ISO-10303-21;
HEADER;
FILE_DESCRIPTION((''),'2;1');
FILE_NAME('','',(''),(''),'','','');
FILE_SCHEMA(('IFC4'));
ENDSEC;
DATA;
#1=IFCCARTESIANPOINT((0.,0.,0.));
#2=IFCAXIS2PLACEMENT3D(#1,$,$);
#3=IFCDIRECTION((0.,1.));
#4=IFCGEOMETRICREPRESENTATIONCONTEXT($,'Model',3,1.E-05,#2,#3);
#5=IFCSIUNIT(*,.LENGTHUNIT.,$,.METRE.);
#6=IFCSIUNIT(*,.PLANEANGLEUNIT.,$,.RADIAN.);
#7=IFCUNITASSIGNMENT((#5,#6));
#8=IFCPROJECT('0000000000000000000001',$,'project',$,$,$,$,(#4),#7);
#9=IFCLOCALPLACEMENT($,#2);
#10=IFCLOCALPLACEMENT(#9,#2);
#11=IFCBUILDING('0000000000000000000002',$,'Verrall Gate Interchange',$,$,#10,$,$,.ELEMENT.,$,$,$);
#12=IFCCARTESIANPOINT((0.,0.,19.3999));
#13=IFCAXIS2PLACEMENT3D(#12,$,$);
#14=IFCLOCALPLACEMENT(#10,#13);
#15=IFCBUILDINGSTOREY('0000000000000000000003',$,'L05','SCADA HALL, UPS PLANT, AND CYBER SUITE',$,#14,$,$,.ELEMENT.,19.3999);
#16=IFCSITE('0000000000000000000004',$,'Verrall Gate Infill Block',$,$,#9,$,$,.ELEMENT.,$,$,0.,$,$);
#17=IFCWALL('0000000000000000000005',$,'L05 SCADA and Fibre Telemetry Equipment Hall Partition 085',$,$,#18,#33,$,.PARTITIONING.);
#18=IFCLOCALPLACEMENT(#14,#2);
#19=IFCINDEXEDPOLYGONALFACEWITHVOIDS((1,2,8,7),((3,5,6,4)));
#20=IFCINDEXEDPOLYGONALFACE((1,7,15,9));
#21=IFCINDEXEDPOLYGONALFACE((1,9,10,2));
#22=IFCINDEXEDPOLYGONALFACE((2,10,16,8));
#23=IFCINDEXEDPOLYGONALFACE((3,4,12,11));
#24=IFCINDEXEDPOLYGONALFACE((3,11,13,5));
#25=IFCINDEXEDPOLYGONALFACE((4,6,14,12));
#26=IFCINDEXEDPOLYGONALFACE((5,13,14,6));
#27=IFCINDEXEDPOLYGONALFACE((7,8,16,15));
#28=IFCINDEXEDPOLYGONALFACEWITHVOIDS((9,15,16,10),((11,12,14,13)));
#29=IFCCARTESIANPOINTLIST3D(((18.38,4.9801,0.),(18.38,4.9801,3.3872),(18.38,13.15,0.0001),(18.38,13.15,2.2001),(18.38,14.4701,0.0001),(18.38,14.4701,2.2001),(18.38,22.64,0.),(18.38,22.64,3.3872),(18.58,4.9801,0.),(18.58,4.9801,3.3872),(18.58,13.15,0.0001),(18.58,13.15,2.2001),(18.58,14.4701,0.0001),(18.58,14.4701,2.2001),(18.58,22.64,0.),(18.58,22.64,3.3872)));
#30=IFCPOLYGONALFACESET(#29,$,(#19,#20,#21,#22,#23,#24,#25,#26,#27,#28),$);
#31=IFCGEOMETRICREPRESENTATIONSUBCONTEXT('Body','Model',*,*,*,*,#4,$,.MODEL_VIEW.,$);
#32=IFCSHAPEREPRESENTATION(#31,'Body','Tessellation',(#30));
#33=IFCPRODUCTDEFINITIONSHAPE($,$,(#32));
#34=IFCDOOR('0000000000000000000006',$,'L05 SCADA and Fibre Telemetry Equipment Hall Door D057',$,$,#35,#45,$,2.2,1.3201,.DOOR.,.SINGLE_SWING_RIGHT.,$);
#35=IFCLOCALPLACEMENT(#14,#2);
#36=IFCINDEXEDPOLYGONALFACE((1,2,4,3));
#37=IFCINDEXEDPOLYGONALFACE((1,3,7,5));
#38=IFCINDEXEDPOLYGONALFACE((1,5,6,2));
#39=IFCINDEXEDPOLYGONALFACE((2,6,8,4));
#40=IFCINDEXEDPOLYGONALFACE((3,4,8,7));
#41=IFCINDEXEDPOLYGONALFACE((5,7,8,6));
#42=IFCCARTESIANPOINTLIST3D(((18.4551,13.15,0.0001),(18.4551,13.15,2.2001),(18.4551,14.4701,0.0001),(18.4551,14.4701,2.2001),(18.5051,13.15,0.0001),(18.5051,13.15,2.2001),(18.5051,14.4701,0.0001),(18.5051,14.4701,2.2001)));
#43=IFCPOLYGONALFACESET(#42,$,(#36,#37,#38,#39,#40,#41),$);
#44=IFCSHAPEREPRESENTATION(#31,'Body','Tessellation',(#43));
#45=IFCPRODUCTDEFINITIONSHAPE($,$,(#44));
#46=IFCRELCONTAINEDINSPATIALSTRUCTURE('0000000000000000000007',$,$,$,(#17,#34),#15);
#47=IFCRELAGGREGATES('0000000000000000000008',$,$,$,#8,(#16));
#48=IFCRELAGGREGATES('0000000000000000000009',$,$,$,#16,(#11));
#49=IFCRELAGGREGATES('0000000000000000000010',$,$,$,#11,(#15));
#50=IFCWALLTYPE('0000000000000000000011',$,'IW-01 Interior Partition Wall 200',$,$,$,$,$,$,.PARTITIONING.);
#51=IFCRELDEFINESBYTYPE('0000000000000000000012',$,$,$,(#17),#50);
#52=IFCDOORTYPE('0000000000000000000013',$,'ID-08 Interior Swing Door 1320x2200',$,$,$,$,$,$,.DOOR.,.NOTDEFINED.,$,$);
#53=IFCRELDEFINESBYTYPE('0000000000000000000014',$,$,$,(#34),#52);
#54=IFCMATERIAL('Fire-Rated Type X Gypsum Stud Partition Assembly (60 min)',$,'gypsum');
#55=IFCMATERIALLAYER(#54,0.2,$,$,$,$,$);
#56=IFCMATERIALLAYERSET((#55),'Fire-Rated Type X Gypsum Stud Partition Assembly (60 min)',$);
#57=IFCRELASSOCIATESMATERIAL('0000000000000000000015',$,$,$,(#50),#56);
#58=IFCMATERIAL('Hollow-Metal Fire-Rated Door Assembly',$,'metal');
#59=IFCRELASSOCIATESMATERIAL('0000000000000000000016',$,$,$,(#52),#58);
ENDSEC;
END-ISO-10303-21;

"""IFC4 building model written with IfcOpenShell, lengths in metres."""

from ifc_helpers import new_model, si_unit, direction, frame, frame_2d, origin, place, context, subcontext, project, spatial, rectangle, extrude, material, layer, layer_set, type_object, element, fill, save


model = new_model("IFC4")

# Units and contexts
model_context = context("Model", 3, precision=1e-05, world=origin(), true_north=direction((0.0, 1.0)))
body_context = subcontext(model_context, "Body", "Model", "MODEL_VIEW")
ifc_project = project(units=[si_unit("LENGTHUNIT", "METRE"), si_unit("PLANEANGLEUNIT", "RADIAN")], contexts=[model_context])

# Site, building, storey
site_placement = place(None, origin())
site = spatial("IfcSite", under=ifc_project, at=site_placement, Name="Verrall Gate Infill Block", CompositionType="ELEMENT", RefElevation=0.0)
building_placement = place(site_placement, origin())
building = spatial("IfcBuilding", under=site, at=building_placement, Name="Verrall Gate Interchange", CompositionType="ELEMENT")
storey_placement = place(building_placement, frame((0.0, 0.0, 19.3999)))
storey = spatial("IfcBuildingStorey", under=building, at=storey_placement, Name="L05", Description="SCADA HALL, UPS PLANT, AND CYBER SUITE", CompositionType="ELEMENT", Elevation=19.3999)

# Wall, opening, door
ifc_material_1 = material(Name="Fire-Rated Type X Gypsum Stud Partition Assembly (60 min)", Category="gypsum")
ifc_layer_1 = layer(ifc_material_1, 0.2)
ifc_layer_set_1 = layer_set([ifc_layer_1], Name="Fire-Rated Type X Gypsum Stud Partition Assembly (60 min)")
wall_type = type_object("IfcWallType", Name="IW-01 Interior Partition Wall 200", PredefinedType="PARTITIONING", material=ifc_layer_set_1)
wall_placement = place(storey_placement, frame((18.48, 4.98, 0.0), z_axis=(0.0, 0.0, 1.0), x_axis=(0.0, 1.0, 0.0)))
wall = element("IfcWall", 1, at=wall_placement, inside=storey, type_object=wall_type, Name="L05 SCADA and Fibre Telemetry Equipment Hall Partition 085", PredefinedType="PARTITIONING", context=body_context, shape_type="SweptSolid", body=[
    extrude(rectangle(XDim=17.6599, YDim=0.2, at=frame_2d((8.8301, 0.0))), origin(), (0.0, 0.0, 1.0), 3.3872),
])
opening_placement = place(wall_placement, frame((8.1699, 0.0, 0.0)))
opening = element("IfcOpeningElement", 2, at=opening_placement, cuts=wall, PredefinedType="OPENING", context=body_context, shape_type="SweptSolid", body=[
    extrude(rectangle(XDim=1.3201, YDim=2.2, at=frame_2d((0.6602, 1.1001))), frame((0.0, 0.1147, 0.0), z_axis=(0.0, -1.0, 0.0), x_axis=(1.0, 0.0, 0.0)), (0.0, 0.0, 1.0), 0.2297),
])
ifc_material_2 = material(Name="Hollow-Metal Fire-Rated Door Assembly", Category="metal")
door_type = type_object("IfcDoorType", Name="ID-08 Interior Swing Door 1320x2200", OperationType="NOTDEFINED", PredefinedType="DOOR", material=ifc_material_2)
door_placement = place(opening_placement, origin())
door = element("IfcDoor", 3, at=door_placement, inside=storey, type_object=door_type, Name="L05 SCADA and Fibre Telemetry Equipment Hall Door D057", OperationType="SINGLE_SWING_RIGHT", OverallHeight=2.2, OverallWidth=1.3201, PredefinedType="DOOR", context=body_context, shape_type="SweptSolid", body=[
    extrude(rectangle(XDim=1.3201, YDim=2.2, at=frame_2d((0.6602, 1.1001))), frame((0.0, 0.0249, 0.0), z_axis=(0.0, -1.0, 0.0), x_axis=(1.0, 0.0, 0.0)), (0.0, 0.0, 1.0), 0.05),
])
fill(opening, door)

save(model, "model.ifc")
